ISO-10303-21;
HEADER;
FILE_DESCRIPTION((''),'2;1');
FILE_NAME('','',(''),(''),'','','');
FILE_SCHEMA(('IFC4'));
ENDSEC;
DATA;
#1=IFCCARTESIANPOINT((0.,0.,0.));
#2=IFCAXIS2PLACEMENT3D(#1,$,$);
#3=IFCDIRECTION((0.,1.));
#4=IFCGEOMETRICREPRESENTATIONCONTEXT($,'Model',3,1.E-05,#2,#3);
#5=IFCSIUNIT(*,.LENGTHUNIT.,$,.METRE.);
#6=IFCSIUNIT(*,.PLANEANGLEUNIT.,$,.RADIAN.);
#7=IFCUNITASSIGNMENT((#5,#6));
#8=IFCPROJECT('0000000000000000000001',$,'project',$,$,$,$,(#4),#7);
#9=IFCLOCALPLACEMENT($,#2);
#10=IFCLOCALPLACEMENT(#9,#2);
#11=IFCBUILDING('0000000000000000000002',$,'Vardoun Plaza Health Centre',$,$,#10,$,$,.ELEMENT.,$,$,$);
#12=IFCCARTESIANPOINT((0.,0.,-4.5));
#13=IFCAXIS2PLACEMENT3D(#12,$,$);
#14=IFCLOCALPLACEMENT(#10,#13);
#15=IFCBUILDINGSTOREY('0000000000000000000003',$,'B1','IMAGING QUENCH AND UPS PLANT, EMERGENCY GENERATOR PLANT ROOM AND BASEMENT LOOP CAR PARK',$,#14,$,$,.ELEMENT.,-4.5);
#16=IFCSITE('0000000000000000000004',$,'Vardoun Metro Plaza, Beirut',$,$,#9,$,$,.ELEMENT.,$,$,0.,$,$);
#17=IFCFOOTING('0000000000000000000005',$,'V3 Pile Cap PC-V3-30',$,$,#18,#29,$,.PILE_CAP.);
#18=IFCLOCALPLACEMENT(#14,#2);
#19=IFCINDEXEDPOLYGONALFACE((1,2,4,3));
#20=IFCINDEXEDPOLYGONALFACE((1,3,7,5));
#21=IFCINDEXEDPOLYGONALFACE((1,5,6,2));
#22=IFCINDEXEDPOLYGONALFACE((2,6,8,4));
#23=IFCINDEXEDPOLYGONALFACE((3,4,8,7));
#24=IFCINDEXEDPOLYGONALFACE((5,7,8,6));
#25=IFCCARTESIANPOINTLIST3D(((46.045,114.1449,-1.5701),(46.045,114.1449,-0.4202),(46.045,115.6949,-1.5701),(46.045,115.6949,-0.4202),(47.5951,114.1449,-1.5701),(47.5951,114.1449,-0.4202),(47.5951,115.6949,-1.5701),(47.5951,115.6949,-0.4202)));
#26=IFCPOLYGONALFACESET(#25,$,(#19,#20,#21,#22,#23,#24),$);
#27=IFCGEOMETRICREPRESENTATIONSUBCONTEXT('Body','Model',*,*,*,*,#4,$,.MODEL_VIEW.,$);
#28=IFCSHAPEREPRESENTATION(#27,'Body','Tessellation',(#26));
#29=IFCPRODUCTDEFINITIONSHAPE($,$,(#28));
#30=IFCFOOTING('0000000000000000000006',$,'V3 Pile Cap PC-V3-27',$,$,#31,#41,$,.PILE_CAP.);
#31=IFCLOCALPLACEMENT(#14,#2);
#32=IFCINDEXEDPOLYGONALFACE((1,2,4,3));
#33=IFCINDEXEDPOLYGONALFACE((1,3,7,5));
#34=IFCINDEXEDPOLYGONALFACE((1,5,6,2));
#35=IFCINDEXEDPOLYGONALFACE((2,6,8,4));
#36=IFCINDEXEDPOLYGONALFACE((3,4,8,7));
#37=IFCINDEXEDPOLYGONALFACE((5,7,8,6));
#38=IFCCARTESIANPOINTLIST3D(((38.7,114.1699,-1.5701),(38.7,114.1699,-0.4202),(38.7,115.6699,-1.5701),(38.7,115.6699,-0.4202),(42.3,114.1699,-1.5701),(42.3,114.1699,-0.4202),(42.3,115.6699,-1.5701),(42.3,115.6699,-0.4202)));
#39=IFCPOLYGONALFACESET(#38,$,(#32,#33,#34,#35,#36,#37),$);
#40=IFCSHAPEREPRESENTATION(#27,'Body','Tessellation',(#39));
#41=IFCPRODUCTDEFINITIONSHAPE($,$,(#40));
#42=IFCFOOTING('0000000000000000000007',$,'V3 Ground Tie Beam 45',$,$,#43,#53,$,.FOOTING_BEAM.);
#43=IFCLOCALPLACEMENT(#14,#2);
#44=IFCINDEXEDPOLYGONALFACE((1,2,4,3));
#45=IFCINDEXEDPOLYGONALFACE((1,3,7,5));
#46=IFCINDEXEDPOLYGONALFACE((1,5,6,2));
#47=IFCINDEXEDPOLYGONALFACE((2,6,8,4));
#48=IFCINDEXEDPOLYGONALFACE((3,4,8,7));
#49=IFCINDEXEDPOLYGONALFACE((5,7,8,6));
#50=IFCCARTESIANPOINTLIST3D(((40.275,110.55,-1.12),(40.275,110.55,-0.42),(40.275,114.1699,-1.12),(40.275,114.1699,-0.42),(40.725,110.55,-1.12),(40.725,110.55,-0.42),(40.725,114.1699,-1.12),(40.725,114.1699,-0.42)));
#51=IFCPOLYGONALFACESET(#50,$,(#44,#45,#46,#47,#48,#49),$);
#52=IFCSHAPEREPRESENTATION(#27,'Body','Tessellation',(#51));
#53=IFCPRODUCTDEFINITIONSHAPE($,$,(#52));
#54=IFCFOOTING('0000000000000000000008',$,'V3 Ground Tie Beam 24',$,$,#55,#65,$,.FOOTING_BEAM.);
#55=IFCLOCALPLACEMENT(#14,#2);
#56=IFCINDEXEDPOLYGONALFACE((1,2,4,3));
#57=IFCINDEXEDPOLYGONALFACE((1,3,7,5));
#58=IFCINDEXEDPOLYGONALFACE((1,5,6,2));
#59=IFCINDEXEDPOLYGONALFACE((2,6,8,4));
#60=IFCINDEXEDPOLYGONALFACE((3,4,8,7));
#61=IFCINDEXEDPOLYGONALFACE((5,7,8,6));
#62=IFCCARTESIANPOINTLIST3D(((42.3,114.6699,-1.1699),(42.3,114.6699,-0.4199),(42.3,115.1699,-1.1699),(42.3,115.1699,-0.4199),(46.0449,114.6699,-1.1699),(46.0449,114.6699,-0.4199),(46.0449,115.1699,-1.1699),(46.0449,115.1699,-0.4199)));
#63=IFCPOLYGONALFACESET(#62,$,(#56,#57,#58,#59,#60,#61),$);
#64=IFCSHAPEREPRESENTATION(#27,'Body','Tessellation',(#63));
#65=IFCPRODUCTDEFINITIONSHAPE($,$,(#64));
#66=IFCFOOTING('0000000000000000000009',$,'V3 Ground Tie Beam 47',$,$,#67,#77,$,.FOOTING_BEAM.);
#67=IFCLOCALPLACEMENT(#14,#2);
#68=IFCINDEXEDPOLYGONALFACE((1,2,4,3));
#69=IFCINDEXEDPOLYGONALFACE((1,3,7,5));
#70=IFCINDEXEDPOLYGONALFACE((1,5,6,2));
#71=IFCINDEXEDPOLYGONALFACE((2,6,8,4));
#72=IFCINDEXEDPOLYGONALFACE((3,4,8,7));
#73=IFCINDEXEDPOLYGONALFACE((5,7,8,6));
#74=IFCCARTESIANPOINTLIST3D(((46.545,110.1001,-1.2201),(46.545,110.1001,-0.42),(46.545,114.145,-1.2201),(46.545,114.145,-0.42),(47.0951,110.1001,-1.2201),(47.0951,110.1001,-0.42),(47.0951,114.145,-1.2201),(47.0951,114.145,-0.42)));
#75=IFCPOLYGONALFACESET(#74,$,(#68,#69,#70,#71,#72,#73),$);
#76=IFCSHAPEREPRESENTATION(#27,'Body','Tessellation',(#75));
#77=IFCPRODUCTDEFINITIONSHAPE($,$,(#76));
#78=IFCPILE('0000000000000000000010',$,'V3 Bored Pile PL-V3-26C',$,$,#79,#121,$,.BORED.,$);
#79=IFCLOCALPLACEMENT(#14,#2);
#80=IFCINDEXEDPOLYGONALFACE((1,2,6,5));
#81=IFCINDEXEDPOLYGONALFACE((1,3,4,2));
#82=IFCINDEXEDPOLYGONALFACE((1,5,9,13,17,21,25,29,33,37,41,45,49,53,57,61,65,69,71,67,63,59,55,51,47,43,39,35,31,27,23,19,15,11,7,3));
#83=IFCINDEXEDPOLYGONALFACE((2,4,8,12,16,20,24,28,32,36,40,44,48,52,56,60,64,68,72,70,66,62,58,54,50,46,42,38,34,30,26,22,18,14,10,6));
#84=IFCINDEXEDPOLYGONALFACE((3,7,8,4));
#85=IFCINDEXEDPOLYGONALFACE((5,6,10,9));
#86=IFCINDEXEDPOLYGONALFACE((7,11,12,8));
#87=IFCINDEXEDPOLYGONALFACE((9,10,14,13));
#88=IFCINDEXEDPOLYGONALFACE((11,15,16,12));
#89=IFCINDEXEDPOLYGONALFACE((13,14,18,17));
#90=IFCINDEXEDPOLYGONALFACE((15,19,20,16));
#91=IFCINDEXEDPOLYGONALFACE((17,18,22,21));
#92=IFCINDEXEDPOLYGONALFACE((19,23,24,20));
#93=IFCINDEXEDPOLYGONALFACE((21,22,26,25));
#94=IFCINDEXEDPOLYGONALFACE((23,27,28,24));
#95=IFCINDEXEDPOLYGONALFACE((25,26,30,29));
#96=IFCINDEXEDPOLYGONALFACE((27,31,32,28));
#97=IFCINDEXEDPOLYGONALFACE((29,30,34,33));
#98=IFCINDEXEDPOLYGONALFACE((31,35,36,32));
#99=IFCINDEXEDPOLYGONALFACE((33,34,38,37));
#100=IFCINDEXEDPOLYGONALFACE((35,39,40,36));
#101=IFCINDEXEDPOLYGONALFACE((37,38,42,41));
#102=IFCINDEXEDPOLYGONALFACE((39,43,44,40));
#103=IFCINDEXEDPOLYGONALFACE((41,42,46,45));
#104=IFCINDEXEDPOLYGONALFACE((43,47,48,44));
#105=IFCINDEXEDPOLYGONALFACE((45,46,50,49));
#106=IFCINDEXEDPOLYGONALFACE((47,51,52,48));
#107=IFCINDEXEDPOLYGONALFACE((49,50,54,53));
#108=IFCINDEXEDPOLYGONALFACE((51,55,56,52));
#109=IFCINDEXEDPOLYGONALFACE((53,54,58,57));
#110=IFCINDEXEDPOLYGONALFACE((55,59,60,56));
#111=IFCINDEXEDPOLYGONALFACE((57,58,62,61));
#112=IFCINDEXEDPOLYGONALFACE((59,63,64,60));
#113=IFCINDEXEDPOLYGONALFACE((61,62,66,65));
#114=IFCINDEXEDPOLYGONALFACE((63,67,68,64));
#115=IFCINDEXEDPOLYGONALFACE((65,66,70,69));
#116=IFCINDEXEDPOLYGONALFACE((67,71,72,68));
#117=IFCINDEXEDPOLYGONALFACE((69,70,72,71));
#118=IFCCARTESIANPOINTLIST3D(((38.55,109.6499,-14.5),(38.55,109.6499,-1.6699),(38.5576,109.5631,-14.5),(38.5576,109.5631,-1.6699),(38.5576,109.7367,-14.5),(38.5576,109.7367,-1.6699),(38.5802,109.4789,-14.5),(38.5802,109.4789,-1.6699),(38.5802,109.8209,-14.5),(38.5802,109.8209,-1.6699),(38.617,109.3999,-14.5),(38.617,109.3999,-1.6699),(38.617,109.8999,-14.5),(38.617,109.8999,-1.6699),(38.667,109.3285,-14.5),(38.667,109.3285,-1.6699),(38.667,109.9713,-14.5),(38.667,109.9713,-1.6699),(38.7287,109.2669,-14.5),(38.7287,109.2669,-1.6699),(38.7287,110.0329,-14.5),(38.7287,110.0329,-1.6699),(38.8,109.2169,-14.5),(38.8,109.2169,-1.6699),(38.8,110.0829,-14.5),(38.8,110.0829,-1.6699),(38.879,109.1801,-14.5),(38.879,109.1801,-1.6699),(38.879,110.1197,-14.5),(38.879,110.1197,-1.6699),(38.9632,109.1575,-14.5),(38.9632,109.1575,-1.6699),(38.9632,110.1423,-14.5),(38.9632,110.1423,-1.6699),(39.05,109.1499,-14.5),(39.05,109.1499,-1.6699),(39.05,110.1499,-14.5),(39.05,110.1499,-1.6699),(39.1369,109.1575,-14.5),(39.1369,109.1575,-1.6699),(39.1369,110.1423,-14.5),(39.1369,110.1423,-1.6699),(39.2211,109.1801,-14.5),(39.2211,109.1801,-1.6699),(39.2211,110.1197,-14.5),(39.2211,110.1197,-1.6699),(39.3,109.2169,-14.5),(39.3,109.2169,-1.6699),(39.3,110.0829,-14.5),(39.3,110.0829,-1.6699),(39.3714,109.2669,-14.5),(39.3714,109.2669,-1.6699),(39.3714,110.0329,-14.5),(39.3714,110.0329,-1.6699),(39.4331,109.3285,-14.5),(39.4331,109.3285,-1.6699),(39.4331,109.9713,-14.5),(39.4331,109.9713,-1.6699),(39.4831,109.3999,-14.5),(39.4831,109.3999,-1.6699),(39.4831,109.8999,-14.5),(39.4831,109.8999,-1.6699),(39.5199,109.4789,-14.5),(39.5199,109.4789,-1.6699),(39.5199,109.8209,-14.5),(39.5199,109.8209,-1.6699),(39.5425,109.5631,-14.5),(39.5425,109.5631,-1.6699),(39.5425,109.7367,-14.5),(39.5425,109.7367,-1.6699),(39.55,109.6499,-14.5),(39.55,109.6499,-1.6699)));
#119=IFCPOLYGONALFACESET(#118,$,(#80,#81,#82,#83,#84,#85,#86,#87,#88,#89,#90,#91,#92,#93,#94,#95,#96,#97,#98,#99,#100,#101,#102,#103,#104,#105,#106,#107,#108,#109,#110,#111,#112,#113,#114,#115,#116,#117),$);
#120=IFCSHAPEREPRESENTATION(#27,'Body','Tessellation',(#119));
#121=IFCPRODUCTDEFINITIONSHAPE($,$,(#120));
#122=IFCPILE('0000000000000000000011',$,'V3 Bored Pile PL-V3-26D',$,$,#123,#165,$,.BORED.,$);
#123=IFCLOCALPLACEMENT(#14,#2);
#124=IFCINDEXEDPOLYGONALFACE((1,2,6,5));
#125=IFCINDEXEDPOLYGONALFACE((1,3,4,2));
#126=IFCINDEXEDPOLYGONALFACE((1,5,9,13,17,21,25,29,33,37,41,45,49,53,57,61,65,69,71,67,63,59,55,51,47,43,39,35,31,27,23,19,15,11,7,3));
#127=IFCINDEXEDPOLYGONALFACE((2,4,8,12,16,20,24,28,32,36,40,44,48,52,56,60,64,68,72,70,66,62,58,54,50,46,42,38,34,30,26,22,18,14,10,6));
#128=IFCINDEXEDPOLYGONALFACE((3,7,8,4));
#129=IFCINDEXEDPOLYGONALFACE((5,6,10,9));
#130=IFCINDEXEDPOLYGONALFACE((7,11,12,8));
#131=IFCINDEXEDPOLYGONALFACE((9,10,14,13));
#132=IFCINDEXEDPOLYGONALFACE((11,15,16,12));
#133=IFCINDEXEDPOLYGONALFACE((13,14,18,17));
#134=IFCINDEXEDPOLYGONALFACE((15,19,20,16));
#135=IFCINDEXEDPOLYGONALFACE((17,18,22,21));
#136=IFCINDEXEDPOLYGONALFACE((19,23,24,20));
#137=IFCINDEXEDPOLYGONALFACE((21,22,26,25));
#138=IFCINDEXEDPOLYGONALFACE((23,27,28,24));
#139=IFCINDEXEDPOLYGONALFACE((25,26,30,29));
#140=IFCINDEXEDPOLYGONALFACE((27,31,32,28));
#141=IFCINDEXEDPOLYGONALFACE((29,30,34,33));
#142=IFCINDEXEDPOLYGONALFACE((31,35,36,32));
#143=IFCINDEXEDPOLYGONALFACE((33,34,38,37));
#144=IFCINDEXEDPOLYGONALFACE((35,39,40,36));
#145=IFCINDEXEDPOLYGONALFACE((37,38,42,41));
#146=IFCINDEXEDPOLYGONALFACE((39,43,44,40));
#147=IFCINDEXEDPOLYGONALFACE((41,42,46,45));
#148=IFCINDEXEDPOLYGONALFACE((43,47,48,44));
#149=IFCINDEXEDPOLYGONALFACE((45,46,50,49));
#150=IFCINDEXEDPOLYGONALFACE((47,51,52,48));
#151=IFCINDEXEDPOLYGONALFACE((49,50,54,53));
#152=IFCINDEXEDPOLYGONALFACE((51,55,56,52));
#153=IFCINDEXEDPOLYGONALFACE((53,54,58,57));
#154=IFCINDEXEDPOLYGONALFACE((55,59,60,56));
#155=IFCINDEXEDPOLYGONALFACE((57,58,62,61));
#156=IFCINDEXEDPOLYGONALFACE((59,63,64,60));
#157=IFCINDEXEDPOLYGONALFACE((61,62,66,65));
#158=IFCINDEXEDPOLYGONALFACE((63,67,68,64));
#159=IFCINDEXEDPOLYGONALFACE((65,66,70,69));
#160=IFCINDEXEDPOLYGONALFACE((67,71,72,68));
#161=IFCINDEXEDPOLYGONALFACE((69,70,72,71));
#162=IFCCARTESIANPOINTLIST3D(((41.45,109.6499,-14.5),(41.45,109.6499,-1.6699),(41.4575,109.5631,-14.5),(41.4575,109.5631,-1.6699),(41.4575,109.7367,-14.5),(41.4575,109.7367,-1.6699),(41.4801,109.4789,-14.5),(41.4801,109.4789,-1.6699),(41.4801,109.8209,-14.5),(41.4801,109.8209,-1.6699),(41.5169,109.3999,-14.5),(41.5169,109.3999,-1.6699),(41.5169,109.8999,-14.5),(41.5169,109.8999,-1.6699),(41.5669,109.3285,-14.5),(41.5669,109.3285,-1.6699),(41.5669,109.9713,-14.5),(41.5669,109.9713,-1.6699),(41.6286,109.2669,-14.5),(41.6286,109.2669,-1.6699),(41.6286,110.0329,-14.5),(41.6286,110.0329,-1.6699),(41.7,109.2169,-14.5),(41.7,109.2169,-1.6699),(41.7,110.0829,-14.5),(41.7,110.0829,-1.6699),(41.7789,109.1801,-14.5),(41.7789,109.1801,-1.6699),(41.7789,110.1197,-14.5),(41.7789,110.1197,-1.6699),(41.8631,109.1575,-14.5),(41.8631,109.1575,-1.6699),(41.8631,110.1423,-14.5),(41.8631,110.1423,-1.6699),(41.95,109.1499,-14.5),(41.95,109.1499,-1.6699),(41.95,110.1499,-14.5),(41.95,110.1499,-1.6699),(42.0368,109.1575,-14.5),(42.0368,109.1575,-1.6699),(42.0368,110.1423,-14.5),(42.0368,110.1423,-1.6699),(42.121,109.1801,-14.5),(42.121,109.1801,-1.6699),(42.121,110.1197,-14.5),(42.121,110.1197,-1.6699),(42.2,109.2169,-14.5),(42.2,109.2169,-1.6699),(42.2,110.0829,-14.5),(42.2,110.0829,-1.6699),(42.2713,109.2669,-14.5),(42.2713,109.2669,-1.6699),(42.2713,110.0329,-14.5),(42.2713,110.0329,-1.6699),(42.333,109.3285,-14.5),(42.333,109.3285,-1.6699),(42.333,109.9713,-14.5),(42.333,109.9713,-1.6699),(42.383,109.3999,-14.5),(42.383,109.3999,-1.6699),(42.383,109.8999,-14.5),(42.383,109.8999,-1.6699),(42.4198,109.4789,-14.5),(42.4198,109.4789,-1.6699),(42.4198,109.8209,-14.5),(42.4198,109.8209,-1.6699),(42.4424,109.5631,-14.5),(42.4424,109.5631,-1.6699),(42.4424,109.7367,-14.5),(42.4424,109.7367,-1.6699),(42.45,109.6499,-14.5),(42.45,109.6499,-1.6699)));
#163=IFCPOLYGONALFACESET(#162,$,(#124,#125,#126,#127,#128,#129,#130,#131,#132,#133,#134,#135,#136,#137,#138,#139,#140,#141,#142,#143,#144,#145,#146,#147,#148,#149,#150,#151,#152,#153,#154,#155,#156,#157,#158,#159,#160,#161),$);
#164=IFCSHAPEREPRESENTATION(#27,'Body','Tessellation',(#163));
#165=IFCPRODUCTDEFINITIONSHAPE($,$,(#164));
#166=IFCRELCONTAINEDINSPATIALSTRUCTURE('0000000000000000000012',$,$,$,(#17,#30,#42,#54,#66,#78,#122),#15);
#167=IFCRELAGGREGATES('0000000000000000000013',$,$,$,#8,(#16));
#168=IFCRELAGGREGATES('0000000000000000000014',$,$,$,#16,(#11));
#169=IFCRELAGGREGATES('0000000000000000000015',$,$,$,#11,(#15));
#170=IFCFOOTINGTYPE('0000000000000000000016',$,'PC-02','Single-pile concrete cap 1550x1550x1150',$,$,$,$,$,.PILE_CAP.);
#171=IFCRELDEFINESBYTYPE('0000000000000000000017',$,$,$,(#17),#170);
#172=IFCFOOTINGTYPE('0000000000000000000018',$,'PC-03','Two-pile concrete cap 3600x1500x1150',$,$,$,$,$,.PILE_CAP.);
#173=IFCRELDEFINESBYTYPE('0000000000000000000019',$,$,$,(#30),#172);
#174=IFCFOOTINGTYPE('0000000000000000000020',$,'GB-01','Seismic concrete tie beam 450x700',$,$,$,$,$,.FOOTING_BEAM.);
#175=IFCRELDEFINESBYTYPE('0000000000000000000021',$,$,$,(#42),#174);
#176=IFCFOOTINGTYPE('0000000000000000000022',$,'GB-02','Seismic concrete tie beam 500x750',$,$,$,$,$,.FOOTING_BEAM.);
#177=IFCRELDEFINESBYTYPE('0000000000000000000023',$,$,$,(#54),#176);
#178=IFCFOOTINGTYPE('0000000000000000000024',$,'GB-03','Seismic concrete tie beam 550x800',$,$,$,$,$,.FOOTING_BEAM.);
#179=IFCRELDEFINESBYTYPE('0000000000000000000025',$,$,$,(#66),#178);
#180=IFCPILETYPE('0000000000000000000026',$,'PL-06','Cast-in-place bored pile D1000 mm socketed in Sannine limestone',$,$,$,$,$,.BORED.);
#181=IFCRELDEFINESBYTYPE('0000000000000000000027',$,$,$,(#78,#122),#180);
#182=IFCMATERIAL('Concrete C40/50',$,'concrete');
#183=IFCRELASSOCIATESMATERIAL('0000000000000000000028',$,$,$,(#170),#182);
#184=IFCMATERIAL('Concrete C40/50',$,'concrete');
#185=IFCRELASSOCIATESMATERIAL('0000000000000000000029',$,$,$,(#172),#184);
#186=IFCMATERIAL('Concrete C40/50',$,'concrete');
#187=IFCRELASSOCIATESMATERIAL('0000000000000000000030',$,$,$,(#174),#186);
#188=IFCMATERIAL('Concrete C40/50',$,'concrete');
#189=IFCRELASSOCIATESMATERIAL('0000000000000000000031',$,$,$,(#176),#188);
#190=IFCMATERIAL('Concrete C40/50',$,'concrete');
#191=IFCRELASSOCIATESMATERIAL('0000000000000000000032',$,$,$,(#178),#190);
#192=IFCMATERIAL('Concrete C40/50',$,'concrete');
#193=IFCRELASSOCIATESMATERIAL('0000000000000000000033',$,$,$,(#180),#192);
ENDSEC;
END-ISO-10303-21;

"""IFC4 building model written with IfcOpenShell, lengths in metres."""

from ifc_helpers import new_model, si_unit, direction, frame, origin, origin_2d, place, context, subcontext, project, spatial, rectangle, circle, extrude, material, material_profile, profile_set, type_object, element, save


model = new_model("IFC4")

# Units and contexts
model_context = context("Model", 3, precision=1e-05, world=origin(), true_north=direction((0.0, 1.0)))
body_context = subcontext(model_context, "Body", "Model", "MODEL_VIEW")
ifc_project = project(units=[si_unit("LENGTHUNIT", "METRE"), si_unit("PLANEANGLEUNIT", "RADIAN")], contexts=[model_context])

# Site, building, storey
site_placement = place(None, origin())
site = spatial("IfcSite", under=ifc_project, at=site_placement, Name="Vardoun Metro Plaza, Beirut", CompositionType="ELEMENT", RefElevation=0.0)
building_placement = place(site_placement, origin())
building = spatial("IfcBuilding", under=site, at=building_placement, Name="Vardoun Plaza Health Centre", CompositionType="ELEMENT")
storey_placement = place(building_placement, frame((0.0, 0.0, -4.5)))
storey = spatial("IfcBuildingStorey", under=building, at=storey_placement, Name="B1", Description="IMAGING QUENCH AND UPS PLANT, EMERGENCY GENERATOR PLANT ROOM AND BASEMENT LOOP CAR PARK", CompositionType="ELEMENT", Elevation=-4.5)

# Footings
ifc_material_1 = material(Name="Concrete C40/50", Category="concrete")
footing_type_1 = type_object("IfcFootingType", Name="PC-02", Description="Single-pile concrete cap 1550x1550x1150", PredefinedType="PILE_CAP", material=ifc_material_1)
footing_1_placement = place(storey_placement, frame((46.8201, 114.9199, -1.5701), z_axis=(0.0, 0.0, 1.0), x_axis=(1.0, 0.0, 0.0)))
element("IfcFooting", 1, at=footing_1_placement, inside=storey, type_object=footing_type_1, Name="V3 Pile Cap PC-V3-30", PredefinedType="PILE_CAP", context=body_context, shape_type="SweptSolid", body=[
    extrude(rectangle(XDim=1.55, YDim=1.55, at=origin_2d()), origin(), (0.0, 0.0, 1.0), 1.1499),
])
ifc_material_2 = material(Name="Concrete C40/50", Category="concrete")
footing_type_2 = type_object("IfcFootingType", Name="PC-03", Description="Two-pile concrete cap 3600x1500x1150", PredefinedType="PILE_CAP", material=ifc_material_2)
footing_2_placement = place(storey_placement, frame((40.5, 114.9199, -1.5701), z_axis=(0.0, 0.0, 1.0), x_axis=(1.0, 0.0, 0.0)))
element("IfcFooting", 2, at=footing_2_placement, inside=storey, type_object=footing_type_2, Name="V3 Pile Cap PC-V3-27", PredefinedType="PILE_CAP", context=body_context, shape_type="SweptSolid", body=[
    extrude(rectangle(XDim=3.6001, YDim=1.5, at=origin_2d()), origin(), (0.0, 0.0, 1.0), 1.1499),
])
ifc_material_3 = material(Name="Concrete C40/50", Category="concrete")
ifc_material_profile_1 = material_profile(ifc_material_3, rectangle(XDim=0.45, YDim=0.7, at=origin_2d()), Name="GB 450x700")
ifc_profile_set_1 = profile_set([ifc_material_profile_1], Name="Concrete C40/50")
footing_type_3 = type_object("IfcFootingType", Name="GB-01", Description="Seismic concrete tie beam 450x700", PredefinedType="FOOTING_BEAM", material=ifc_profile_set_1)
footing_3_placement = place(storey_placement, frame((40.5, 110.55, -0.77), z_axis=(0.0, 1.0, 0.0), x_axis=(-1.0, 0.0, 0.0)))
element("IfcFooting", 3, at=footing_3_placement, inside=storey, type_object=footing_type_3, Name="V3 Ground Tie Beam 45", PredefinedType="FOOTING_BEAM", context=body_context, shape_type="SweptSolid", body=[
    extrude(rectangle(XDim=0.45, YDim=0.7, at=origin_2d()), origin(), (0.0, 0.0, 1.0), 3.6199),
])
ifc_material_4 = material(Name="Concrete C40/50", Category="concrete")
ifc_material_profile_2 = material_profile(ifc_material_4, rectangle(XDim=0.5, YDim=0.75, at=origin_2d()), Name="GB 500x750")
ifc_profile_set_2 = profile_set([ifc_material_profile_2], Name="Concrete C40/50")
footing_type_4 = type_object("IfcFootingType", Name="GB-02", Description="Seismic concrete tie beam 500x750", PredefinedType="FOOTING_BEAM", material=ifc_profile_set_2)
footing_4_placement = place(storey_placement, frame((42.3, 114.9199, -0.7949), z_axis=(1.0, 0.0, 0.0), x_axis=(0.0, 1.0, 0.0)))
element("IfcFooting", 4, at=footing_4_placement, inside=storey, type_object=footing_type_4, Name="V3 Ground Tie Beam 24", PredefinedType="FOOTING_BEAM", context=body_context, shape_type="SweptSolid", body=[
    extrude(rectangle(XDim=0.5, YDim=0.75, at=origin_2d()), origin(), (0.0, 0.0, 1.0), 3.7449),
])
ifc_material_5 = material(Name="Concrete C40/50", Category="concrete")
ifc_material_profile_3 = material_profile(ifc_material_5, rectangle(XDim=0.55, YDim=0.8, at=origin_2d()), Name="GB 550x800")
ifc_profile_set_3 = profile_set([ifc_material_profile_3], Name="Concrete C40/50")
footing_type_5 = type_object("IfcFootingType", Name="GB-03", Description="Seismic concrete tie beam 550x800", PredefinedType="FOOTING_BEAM", material=ifc_profile_set_3)
footing_5_placement = place(storey_placement, frame((46.8201, 110.1001, -0.8201), z_axis=(0.0, 1.0, 0.0), x_axis=(-1.0, 0.0, 0.0)))
element("IfcFooting", 5, at=footing_5_placement, inside=storey, type_object=footing_type_5, Name="V3 Ground Tie Beam 47", PredefinedType="FOOTING_BEAM", context=body_context, shape_type="SweptSolid", body=[
    extrude(rectangle(XDim=0.55, YDim=0.8, at=origin_2d()), origin(), (0.0, 0.0, 1.0), 4.0449),
])

# Piles
ifc_material_6 = material(Name="Concrete C40/50", Category="concrete")
ifc_material_profile_4 = material_profile(ifc_material_6, circle(Radius=0.5, at=origin_2d()), Name="PILE D1000")
ifc_profile_set_4 = profile_set([ifc_material_profile_4], Name="Concrete C40/50")
pile_type_1 = type_object("IfcPileType", Name="PL-06", Description="Cast-in-place bored pile D1000 mm socketed in Sannine limestone", PredefinedType="BORED", material=ifc_profile_set_4)
for number, where, z_axis, x_axis, name in (
    (6, (39.05, 109.6499, -1.6699), (0.0, 0.0, -1.0), (1.0, 0.0, 0.0), "V3 Bored Pile PL-V3-26C"),
    (7, (41.95, 109.6499, -1.6699), (0.0, 0.0, -1.0), (1.0, 0.0, 0.0), "V3 Bored Pile PL-V3-26D"),
):
    element("IfcPile", number, at=place(storey_placement, frame(where, z_axis=z_axis, x_axis=x_axis)), inside=storey, type_object=pile_type_1, Name=name, PredefinedType="BORED", context=body_context, shape_type="SweptSolid", body=[
        extrude(circle(Radius=0.5, at=origin_2d()), origin(), (0.0, 0.0, 1.0), 12.8301),
    ])

save(model, "model.ifc")
